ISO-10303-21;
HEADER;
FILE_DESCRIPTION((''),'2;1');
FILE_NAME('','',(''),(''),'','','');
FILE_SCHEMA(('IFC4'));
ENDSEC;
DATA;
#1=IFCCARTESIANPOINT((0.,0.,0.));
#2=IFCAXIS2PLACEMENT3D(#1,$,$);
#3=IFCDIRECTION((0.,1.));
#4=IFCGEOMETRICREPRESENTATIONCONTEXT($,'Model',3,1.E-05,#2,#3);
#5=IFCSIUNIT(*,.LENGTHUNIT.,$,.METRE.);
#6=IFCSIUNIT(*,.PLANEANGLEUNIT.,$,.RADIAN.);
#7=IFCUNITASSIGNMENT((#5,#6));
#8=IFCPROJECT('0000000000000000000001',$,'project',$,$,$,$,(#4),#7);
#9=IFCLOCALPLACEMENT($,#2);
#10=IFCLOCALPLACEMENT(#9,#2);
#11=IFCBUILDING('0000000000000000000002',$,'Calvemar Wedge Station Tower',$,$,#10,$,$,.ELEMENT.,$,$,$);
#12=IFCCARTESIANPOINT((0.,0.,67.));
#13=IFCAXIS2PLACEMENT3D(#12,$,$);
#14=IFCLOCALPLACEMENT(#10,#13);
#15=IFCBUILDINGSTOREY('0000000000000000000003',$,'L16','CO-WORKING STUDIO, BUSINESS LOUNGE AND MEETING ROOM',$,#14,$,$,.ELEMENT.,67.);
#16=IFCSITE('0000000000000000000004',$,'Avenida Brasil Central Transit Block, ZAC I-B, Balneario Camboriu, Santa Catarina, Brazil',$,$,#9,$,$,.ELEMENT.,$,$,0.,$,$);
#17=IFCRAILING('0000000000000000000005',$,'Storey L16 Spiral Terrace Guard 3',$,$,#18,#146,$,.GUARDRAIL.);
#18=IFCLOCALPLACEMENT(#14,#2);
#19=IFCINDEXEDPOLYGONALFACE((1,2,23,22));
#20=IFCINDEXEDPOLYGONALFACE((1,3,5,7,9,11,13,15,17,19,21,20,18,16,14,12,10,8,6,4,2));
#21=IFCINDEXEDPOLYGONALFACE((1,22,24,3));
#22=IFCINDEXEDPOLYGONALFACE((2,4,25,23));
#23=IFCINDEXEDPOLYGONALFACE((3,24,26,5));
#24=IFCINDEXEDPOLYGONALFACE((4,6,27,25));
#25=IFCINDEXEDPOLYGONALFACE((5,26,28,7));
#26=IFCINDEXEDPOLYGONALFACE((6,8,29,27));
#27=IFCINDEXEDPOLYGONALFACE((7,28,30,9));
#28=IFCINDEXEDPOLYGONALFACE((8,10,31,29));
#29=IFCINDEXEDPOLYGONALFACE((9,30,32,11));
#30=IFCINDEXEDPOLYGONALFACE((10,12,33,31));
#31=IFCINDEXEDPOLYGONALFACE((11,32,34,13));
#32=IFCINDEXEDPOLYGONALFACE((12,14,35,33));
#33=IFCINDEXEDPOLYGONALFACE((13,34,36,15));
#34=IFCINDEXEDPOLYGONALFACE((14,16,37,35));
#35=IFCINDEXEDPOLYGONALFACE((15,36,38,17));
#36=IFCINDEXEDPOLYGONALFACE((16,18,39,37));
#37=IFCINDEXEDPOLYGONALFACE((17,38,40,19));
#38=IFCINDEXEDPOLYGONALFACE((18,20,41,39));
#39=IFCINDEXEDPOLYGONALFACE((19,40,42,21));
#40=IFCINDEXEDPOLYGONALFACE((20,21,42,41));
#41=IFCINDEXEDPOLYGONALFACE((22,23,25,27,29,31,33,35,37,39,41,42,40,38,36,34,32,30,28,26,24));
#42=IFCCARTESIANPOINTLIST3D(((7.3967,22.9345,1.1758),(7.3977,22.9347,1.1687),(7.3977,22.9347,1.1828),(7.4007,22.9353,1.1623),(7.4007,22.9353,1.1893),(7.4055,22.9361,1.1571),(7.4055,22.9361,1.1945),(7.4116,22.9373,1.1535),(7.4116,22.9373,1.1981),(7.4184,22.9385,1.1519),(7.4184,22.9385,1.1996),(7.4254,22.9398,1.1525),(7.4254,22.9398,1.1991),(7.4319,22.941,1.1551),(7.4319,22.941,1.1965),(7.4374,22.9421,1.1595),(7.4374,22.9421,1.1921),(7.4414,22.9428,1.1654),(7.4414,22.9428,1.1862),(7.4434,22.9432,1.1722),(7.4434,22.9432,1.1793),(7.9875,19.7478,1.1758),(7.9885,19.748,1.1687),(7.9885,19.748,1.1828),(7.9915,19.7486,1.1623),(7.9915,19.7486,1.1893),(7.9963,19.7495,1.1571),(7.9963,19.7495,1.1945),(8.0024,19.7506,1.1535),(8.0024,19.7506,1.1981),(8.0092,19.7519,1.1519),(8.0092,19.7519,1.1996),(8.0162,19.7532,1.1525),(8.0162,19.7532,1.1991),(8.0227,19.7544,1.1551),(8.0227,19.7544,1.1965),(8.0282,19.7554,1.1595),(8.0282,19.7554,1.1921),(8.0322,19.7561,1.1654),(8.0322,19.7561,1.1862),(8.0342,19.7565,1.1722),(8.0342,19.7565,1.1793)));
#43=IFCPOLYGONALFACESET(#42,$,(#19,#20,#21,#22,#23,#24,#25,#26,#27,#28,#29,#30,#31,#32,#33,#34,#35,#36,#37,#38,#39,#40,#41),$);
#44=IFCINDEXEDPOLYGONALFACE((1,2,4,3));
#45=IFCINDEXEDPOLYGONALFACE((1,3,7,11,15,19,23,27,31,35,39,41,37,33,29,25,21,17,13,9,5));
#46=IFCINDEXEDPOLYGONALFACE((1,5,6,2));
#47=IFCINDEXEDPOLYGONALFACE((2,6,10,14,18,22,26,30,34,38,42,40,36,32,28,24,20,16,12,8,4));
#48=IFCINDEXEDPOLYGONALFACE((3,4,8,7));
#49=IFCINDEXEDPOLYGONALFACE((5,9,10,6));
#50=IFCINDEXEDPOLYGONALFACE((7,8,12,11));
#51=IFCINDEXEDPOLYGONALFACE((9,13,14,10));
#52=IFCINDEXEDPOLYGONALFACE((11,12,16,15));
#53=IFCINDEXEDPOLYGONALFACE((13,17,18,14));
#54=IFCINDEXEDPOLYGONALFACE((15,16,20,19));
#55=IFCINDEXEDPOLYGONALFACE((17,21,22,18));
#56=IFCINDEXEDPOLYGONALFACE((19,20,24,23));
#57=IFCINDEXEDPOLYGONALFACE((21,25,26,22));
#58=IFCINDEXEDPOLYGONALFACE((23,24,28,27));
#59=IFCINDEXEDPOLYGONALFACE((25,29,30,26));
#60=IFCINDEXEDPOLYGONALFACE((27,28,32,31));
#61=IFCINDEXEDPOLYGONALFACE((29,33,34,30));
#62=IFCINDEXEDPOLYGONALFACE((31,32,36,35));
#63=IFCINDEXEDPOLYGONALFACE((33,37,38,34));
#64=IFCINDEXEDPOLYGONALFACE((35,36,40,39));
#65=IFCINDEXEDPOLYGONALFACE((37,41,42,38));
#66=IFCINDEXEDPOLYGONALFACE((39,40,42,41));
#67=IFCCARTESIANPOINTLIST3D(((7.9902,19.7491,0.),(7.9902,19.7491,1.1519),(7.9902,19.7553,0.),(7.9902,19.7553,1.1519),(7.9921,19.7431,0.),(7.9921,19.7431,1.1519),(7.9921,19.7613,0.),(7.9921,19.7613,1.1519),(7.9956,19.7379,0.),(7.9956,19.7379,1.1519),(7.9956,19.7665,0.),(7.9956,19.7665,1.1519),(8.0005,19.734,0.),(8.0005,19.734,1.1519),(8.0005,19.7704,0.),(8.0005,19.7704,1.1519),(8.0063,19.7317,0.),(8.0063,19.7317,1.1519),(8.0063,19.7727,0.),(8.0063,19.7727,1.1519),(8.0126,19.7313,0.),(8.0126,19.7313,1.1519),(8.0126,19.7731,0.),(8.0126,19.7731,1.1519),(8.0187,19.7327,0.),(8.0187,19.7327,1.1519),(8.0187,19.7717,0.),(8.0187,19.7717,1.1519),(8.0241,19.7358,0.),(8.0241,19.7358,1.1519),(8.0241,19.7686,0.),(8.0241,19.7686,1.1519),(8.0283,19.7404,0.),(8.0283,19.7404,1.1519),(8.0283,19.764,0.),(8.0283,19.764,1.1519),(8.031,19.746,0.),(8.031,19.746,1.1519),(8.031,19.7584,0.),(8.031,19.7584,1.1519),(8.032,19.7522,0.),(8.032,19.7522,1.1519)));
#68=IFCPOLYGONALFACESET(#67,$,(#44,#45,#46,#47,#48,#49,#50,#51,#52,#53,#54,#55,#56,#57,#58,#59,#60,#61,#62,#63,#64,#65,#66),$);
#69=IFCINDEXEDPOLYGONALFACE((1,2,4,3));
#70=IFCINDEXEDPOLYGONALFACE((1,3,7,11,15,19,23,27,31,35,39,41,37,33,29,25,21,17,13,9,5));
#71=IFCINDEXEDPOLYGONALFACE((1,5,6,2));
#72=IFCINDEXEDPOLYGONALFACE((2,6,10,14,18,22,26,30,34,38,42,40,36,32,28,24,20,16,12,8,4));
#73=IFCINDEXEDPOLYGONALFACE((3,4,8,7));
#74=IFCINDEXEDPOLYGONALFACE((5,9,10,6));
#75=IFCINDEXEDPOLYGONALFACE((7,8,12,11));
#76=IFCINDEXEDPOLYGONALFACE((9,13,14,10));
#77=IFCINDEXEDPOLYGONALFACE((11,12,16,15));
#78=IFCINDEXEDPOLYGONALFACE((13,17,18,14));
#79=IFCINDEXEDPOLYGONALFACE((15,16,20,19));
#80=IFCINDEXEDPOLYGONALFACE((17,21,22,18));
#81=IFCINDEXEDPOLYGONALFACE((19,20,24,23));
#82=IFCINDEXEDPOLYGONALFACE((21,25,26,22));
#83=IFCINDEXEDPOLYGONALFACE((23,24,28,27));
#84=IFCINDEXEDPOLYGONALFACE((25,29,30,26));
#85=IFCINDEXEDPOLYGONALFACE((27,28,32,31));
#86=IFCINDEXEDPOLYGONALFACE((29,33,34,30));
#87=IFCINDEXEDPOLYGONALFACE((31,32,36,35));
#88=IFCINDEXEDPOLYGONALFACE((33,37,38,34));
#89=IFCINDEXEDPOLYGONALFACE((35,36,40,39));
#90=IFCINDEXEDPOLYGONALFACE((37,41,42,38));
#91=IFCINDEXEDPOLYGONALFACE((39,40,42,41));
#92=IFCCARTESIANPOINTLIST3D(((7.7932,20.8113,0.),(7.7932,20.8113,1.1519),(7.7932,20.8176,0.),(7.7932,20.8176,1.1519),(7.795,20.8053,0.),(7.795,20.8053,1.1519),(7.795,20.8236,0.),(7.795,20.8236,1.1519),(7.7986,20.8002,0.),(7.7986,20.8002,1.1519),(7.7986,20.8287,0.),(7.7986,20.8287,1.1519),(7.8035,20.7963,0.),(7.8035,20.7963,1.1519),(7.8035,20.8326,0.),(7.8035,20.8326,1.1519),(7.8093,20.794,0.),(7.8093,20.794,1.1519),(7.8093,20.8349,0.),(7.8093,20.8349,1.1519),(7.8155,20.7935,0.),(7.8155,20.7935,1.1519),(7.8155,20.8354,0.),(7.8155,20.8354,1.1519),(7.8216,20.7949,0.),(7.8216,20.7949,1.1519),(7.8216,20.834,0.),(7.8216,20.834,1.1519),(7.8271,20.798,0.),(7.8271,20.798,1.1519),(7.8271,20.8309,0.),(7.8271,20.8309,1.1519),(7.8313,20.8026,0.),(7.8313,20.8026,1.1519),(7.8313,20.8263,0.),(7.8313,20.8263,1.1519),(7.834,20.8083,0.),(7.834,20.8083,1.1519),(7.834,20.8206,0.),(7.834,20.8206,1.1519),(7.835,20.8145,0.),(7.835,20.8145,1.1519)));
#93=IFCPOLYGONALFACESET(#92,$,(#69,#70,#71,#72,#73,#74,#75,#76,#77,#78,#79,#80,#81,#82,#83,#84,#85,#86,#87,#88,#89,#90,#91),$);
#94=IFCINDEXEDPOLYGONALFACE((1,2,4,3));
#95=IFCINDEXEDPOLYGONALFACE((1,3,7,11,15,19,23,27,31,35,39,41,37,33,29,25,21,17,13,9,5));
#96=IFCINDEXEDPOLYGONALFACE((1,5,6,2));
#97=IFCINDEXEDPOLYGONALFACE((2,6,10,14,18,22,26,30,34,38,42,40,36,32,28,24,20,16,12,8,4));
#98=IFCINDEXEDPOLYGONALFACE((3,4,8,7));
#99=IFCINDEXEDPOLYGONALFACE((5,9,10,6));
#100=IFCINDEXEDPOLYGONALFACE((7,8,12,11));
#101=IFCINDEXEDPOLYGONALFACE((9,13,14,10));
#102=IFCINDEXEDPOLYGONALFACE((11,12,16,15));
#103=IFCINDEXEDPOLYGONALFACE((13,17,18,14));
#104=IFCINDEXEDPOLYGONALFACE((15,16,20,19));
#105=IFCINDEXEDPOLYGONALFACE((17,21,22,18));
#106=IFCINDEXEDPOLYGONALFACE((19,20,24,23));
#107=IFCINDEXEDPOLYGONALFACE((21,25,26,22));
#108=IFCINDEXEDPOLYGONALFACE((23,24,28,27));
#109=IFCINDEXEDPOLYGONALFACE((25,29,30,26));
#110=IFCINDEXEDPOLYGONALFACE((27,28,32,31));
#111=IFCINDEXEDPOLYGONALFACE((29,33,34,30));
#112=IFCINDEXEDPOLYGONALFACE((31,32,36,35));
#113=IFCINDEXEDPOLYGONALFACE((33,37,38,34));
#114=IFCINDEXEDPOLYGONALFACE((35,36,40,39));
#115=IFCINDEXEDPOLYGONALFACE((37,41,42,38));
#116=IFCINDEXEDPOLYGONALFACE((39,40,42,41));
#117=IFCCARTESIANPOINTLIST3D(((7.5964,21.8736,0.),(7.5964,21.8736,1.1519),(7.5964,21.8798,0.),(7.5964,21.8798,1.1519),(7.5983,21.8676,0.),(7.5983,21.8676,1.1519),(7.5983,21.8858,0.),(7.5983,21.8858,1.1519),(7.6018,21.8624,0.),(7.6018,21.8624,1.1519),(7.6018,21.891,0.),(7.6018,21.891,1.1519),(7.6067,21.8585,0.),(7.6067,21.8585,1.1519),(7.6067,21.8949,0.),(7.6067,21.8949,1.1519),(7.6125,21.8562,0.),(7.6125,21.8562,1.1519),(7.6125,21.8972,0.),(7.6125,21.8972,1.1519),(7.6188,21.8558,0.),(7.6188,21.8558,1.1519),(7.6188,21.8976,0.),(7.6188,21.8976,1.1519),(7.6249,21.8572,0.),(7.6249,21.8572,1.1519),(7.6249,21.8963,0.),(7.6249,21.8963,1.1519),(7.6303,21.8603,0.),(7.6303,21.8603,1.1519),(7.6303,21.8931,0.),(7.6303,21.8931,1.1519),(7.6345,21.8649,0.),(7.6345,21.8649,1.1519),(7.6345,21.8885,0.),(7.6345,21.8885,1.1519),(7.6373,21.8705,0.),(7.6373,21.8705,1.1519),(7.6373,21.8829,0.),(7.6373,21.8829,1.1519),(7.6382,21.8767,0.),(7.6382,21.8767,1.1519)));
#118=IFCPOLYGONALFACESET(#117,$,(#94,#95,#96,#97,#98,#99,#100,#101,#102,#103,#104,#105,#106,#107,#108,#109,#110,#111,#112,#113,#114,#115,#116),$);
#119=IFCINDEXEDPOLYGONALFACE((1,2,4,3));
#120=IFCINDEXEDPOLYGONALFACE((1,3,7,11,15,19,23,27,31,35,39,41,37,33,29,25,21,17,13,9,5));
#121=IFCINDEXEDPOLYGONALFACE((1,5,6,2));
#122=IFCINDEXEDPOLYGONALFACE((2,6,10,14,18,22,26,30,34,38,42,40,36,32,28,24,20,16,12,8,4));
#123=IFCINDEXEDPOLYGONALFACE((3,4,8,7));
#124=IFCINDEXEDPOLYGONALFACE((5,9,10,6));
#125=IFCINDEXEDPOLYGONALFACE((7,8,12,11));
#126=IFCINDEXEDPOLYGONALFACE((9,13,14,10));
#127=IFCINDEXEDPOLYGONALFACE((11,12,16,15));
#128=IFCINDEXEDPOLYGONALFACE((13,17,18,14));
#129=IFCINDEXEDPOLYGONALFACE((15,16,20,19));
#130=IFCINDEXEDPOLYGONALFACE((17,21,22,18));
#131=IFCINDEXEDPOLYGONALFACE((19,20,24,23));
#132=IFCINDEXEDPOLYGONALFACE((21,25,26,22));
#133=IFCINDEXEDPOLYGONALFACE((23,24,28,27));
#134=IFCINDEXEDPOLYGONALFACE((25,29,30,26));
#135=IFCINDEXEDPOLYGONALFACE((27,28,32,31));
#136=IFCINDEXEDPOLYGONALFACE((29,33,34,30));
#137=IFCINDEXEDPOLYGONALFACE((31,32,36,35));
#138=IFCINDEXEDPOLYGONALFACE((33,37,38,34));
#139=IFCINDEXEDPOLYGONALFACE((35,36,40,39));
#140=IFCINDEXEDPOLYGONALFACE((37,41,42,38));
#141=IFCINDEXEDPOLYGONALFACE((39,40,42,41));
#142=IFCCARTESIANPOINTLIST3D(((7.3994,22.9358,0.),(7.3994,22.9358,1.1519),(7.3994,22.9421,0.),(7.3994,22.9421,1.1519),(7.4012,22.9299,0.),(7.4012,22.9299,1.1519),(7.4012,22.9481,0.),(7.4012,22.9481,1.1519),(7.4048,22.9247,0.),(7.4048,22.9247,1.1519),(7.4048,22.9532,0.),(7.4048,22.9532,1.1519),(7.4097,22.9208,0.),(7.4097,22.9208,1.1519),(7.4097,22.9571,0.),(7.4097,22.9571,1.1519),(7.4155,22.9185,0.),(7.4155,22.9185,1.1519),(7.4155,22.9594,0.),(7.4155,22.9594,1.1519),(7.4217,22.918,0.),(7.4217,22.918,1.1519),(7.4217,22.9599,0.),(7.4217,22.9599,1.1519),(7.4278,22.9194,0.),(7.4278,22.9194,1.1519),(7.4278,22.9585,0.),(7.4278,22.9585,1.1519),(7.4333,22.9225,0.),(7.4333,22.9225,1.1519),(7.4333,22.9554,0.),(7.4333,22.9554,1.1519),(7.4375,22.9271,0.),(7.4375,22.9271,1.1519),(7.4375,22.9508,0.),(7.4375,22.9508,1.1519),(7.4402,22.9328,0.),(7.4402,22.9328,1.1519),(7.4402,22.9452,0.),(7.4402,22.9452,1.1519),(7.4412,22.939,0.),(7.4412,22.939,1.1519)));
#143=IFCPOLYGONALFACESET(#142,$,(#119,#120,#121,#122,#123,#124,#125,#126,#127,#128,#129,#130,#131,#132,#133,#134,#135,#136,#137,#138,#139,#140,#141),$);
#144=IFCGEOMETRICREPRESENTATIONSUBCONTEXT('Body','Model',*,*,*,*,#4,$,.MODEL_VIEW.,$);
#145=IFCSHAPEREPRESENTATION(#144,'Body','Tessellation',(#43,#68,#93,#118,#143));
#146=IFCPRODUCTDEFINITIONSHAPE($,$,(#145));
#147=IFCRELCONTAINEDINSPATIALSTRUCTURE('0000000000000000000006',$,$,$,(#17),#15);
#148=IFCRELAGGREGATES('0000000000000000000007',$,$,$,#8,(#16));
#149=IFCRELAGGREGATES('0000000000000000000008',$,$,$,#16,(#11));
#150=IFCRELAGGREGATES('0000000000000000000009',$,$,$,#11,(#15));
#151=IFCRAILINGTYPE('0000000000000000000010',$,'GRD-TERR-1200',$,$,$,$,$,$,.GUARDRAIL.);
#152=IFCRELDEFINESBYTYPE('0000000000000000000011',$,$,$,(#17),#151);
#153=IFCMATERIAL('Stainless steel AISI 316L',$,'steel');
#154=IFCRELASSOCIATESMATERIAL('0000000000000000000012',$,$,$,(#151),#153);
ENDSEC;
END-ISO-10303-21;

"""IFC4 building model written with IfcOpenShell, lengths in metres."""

from ifc_helpers import new_model, si_unit, direction, frame, origin, origin_2d, place, context, subcontext, project, spatial, circle, extrude, material, type_object, element, save


model = new_model("IFC4")

# Units and contexts
model_context = context("Model", 3, precision=1e-05, world=origin(), true_north=direction((0.0, 1.0)))
body_context = subcontext(model_context, "Body", "Model", "MODEL_VIEW")
ifc_project = project(units=[si_unit("LENGTHUNIT", "METRE"), si_unit("PLANEANGLEUNIT", "RADIAN")], contexts=[model_context])

# Site, building, storey
site_placement = place(None, origin())
site = spatial("IfcSite", under=ifc_project, at=site_placement, Name="Avenida Brasil Central Transit Block, ZAC I-B, Balneario Camboriu, Santa Catarina, Brazil", CompositionType="ELEMENT", RefElevation=0.0)
building_placement = place(site_placement, origin())
building = spatial("IfcBuilding", under=site, at=building_placement, Name="Calvemar Wedge Station Tower", CompositionType="ELEMENT")
storey_placement = place(building_placement, frame((0.0, 0.0, 67.0)))
storey = spatial("IfcBuildingStorey", under=building, at=storey_placement, Name="L16", Description="CO-WORKING STUDIO, BUSINESS LOUNGE AND MEETING ROOM", CompositionType="ELEMENT", Elevation=67.0)

# Railing
ifc_material_1 = material(Name="Stainless steel AISI 316L", Category="steel")
railing_type = type_object("IfcRailingType", Name="GRD-TERR-1200", PredefinedType="GUARDRAIL", material=ifc_material_1)
railing_1_placement = place(storey_placement, frame((8.011, 19.7522, 0.0)))
element("IfcRailing", 1, at=railing_1_placement, inside=storey, type_object=railing_type, Name="Storey L16 Spiral Terrace Guard 3", PredefinedType="GUARDRAIL", context=body_context, shape_type="SweptSolid", body=[
    extrude(circle(Radius=0.0239, at=origin_2d()), frame((0.0, 0.0, 1.1758), z_axis=(-0.182292, 0.983245, 0.0), x_axis=(-0.983245, -0.182292, 0.0)), (0.0, 0.0, 1.0), 3.241),
    extrude(circle(Radius=0.021, at=origin_2d()), origin(), (0.0, 0.0, 1.0), 1.1519),
    extrude(circle(Radius=0.021, at=origin_2d()), frame((-0.197, 1.0623, 0.0)), (0.0, 0.0, 1.0), 1.1519),
    extrude(circle(Radius=0.021, at=origin_2d()), frame((-0.3938, 2.1245, 0.0)), (0.0, 0.0, 1.0), 1.1519),
    extrude(circle(Radius=0.021, at=origin_2d()), frame((-0.5908, 3.1868, 0.0)), (0.0, 0.0, 1.0), 1.1519),
])

save(model, "model.ifc")
